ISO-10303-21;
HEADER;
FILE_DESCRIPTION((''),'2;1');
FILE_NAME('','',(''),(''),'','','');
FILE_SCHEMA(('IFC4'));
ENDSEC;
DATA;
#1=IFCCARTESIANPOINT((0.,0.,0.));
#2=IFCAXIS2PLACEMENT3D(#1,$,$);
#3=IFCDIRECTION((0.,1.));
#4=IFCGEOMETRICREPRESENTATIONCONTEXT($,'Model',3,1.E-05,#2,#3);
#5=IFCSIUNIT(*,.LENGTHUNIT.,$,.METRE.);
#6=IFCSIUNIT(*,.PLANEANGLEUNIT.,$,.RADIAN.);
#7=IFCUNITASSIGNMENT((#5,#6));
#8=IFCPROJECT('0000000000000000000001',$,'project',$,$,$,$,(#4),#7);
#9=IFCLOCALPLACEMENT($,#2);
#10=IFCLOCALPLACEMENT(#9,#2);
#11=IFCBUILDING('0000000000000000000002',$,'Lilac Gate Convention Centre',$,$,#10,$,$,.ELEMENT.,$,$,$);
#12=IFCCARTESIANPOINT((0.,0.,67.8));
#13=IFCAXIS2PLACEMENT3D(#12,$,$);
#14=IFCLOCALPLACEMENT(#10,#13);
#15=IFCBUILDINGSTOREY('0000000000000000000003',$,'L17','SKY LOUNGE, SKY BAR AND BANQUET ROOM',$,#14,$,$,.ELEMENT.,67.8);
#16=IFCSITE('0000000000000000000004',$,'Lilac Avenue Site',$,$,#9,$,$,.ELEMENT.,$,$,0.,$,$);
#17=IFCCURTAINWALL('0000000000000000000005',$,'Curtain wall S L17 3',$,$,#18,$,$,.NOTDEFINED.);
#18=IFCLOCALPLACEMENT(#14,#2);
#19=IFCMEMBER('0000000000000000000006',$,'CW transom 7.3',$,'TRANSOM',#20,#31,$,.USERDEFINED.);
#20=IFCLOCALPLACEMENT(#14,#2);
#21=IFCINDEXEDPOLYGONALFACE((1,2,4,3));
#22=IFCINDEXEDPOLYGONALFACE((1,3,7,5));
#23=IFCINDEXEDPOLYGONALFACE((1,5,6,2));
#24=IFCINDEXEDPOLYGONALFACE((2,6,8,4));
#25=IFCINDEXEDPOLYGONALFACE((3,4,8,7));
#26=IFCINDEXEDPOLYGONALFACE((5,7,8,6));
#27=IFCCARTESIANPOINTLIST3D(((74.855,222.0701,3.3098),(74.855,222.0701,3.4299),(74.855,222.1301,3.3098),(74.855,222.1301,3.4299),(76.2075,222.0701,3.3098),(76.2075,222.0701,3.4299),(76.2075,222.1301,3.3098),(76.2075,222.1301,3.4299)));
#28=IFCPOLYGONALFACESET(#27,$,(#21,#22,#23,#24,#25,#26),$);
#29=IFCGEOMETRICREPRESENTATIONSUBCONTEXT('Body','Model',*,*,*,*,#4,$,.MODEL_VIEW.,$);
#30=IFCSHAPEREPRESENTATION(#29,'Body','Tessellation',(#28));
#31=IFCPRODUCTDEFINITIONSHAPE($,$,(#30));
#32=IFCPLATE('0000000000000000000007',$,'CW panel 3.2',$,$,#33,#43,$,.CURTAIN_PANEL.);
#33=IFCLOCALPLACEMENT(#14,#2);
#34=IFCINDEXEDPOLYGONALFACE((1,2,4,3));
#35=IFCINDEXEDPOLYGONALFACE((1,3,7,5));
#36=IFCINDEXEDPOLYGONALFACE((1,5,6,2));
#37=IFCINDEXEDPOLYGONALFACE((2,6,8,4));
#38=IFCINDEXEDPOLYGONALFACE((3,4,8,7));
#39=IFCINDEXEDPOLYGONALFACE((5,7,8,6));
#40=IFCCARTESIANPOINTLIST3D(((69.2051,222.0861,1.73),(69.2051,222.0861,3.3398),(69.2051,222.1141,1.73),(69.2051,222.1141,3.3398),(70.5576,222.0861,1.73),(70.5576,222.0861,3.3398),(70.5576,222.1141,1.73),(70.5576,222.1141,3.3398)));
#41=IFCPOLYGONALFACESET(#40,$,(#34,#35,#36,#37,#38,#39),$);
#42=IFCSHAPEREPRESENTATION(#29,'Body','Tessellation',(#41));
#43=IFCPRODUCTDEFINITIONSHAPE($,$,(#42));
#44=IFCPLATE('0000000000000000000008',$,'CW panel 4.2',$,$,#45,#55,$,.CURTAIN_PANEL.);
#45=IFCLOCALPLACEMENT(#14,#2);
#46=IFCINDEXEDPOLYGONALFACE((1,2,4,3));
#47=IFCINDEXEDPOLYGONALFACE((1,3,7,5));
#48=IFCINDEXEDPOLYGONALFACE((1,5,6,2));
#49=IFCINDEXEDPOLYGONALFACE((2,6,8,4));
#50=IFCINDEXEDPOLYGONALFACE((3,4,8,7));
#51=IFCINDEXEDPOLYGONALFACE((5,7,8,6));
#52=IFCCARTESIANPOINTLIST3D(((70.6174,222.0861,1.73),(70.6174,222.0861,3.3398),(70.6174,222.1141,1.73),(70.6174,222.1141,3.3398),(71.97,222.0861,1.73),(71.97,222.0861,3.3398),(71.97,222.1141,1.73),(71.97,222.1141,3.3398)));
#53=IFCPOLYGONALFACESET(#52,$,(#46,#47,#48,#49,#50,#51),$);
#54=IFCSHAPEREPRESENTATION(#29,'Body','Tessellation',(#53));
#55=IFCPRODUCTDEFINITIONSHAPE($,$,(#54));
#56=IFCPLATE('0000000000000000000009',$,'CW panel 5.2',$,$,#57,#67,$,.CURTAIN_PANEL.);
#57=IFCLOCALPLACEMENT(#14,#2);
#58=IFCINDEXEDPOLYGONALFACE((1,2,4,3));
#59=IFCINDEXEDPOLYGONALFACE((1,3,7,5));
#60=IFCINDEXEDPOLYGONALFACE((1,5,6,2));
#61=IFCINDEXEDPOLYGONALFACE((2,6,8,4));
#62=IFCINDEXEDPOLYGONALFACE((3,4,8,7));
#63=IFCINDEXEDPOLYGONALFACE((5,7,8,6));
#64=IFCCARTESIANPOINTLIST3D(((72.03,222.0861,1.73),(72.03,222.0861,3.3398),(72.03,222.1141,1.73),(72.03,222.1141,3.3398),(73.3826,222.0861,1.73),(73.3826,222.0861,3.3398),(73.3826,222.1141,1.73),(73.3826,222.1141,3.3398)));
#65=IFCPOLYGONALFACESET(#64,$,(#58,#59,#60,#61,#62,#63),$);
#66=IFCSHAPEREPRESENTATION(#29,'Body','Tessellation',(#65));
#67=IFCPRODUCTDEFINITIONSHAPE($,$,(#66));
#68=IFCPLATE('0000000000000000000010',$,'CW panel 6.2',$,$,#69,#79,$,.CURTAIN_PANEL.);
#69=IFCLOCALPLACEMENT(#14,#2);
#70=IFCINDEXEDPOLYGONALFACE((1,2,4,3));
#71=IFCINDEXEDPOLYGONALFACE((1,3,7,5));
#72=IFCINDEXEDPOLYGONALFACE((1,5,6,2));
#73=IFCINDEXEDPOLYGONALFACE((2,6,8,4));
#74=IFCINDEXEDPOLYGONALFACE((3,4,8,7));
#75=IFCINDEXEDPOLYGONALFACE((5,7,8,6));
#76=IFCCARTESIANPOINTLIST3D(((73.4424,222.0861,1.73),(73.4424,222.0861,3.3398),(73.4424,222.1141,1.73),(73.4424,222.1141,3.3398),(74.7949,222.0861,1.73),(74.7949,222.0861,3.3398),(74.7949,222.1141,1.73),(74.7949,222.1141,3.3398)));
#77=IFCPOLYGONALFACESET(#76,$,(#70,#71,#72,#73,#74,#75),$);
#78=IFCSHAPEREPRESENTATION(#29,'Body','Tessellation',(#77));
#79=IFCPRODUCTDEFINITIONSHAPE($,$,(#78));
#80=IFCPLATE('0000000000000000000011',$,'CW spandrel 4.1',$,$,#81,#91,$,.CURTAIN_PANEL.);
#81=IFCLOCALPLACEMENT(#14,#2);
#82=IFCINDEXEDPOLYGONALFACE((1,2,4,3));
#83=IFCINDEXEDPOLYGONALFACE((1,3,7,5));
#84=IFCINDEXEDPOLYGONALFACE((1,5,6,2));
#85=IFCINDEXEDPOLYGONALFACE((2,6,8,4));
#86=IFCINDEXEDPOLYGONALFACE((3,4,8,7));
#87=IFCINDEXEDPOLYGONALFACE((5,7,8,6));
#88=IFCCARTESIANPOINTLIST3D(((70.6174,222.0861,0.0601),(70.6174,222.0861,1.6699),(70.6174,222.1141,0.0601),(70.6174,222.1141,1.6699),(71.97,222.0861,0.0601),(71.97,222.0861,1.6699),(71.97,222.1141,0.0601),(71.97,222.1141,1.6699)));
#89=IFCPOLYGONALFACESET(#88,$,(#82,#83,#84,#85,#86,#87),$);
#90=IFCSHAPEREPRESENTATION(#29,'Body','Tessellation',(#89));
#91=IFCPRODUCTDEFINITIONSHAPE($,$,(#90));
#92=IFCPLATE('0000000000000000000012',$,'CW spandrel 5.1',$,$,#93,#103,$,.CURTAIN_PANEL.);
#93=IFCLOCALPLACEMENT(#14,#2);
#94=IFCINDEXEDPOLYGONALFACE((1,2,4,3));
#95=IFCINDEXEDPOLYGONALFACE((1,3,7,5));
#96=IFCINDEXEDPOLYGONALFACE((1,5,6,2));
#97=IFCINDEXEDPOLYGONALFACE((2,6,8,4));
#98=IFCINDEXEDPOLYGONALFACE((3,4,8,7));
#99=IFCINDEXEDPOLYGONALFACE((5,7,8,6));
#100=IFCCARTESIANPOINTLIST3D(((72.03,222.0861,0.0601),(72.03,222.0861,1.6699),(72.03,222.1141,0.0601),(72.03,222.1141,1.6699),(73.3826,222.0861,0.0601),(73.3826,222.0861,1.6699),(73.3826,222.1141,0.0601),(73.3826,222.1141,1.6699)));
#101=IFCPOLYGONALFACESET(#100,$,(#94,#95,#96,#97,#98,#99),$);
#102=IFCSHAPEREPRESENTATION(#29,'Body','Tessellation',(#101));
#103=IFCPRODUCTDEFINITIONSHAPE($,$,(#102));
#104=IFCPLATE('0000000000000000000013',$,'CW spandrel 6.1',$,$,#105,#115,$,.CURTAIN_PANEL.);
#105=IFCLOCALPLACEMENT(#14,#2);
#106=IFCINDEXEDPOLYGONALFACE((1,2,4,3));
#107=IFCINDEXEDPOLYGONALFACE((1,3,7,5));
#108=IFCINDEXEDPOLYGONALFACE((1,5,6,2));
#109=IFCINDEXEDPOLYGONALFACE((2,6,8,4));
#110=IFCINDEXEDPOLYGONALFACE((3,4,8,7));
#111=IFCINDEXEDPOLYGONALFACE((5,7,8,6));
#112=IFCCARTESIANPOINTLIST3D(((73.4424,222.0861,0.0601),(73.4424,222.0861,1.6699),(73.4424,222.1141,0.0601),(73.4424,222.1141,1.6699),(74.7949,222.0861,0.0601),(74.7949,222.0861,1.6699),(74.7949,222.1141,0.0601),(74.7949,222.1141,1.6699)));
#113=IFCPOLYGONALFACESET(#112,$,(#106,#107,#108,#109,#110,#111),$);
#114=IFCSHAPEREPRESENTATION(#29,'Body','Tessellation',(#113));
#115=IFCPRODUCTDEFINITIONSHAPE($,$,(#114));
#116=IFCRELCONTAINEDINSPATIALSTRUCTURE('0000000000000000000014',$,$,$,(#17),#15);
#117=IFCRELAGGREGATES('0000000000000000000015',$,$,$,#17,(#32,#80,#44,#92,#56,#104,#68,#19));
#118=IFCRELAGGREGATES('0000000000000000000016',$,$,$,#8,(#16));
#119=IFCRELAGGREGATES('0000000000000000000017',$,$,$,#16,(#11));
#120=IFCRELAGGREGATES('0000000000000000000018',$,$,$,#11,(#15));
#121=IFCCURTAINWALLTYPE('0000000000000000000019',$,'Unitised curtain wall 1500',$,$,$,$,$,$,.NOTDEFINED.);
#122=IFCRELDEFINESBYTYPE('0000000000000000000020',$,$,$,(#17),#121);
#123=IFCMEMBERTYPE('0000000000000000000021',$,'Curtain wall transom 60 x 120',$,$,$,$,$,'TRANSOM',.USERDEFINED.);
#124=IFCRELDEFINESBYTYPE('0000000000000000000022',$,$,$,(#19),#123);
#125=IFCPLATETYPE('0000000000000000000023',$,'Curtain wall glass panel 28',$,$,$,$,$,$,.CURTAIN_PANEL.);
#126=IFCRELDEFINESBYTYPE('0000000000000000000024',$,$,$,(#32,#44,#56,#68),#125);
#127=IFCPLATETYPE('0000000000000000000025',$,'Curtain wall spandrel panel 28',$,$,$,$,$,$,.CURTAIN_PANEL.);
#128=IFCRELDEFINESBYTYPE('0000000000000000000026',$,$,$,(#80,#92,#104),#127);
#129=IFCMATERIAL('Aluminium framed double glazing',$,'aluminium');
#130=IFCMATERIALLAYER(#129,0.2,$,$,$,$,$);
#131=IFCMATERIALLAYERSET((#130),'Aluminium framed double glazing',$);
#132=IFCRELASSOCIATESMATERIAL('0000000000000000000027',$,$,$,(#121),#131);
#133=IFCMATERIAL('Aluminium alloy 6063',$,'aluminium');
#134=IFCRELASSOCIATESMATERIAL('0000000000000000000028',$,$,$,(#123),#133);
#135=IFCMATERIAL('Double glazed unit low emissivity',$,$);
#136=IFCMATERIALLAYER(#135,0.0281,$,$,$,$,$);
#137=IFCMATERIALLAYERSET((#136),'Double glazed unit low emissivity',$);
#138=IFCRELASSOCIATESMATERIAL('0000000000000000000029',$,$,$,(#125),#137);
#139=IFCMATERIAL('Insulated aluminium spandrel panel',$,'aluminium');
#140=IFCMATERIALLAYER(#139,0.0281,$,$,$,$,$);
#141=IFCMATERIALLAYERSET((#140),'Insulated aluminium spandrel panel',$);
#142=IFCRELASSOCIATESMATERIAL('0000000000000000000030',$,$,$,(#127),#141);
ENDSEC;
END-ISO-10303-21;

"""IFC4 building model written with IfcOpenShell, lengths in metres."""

from ifc_helpers import new_model, si_unit, direction, frame, origin, origin_2d, place, context, subcontext, project, spatial, rectangle, extrude, material, layer, layer_set, material_profile, profile_set, type_object, element, aggregate, save


model = new_model("IFC4")

# Units and contexts
model_context = context("Model", 3, precision=1e-05, world=origin(), true_north=direction((0.0, 1.0)))
body_context = subcontext(model_context, "Body", "Model", "MODEL_VIEW")
ifc_project = project(units=[si_unit("LENGTHUNIT", "METRE"), si_unit("PLANEANGLEUNIT", "RADIAN")], contexts=[model_context])

# Site, building, storey
site_placement = place(None, origin())
site = spatial("IfcSite", under=ifc_project, at=site_placement, Name="Lilac Avenue Site", CompositionType="ELEMENT", RefElevation=0.0)
building_placement = place(site_placement, origin())
building = spatial("IfcBuilding", under=site, at=building_placement, Name="Lilac Gate Convention Centre", CompositionType="ELEMENT")
storey_placement = place(building_placement, frame((0.0, 0.0, 67.8)))
storey = spatial("IfcBuildingStorey", under=building, at=storey_placement, Name="L17", Description="SKY LOUNGE, SKY BAR AND BANQUET ROOM", CompositionType="ELEMENT", Elevation=67.8)

# Curtain wall, member, plates
ifc_material_1 = material(Name="Aluminium framed double glazing", Category="aluminium")
ifc_layer_1 = layer(ifc_material_1, 0.2)
ifc_layer_set_1 = layer_set([ifc_layer_1], Name="Aluminium framed double glazing")
curtain_wall_type = type_object("IfcCurtainWallType", Name="Unitised curtain wall 1500", PredefinedType="NOTDEFINED", material=ifc_layer_set_1)
curtain_wall_placement = place(storey_placement, origin())
curtain_wall = element("IfcCurtainWall", 1, at=curtain_wall_placement, inside=storey, type_object=curtain_wall_type, Name="Curtain wall S L17 3", PredefinedType="NOTDEFINED")
ifc_material_2 = material(Name="Aluminium alloy 6063", Category="aluminium")
ifc_material_profile_1 = material_profile(ifc_material_2, rectangle(XDim=0.0601, YDim=0.1201, at=origin_2d()), Name="Curtain wall transom 60 x 120")
ifc_profile_set_1 = profile_set([ifc_material_profile_1], Name="Aluminium alloy 6063")
member_type_1 = type_object("IfcMemberType", Name="Curtain wall transom 60 x 120", ElementType="TRANSOM", PredefinedType="USERDEFINED", material=ifc_profile_set_1)
member_1_placement = place(storey_placement, frame((74.855, 222.1001, 3.3699), z_axis=(1.0, 0.0, 0.0), x_axis=(0.0, 1.0, 0.0)))
member_1 = element("IfcMember", 2, at=member_1_placement, type_object=member_type_1, Name="CW transom 7.3", ObjectType="TRANSOM", PredefinedType="USERDEFINED", context=body_context, shape_type="SweptSolid", body=[
    extrude(rectangle(XDim=0.0601, YDim=0.1201, at=origin_2d()), origin(), (0.0, 0.0, 1.0), 1.3525),
])
ifc_material_3 = material(Name="Double glazed unit low emissivity")
ifc_layer_2 = layer(ifc_material_3, 0.0281)
ifc_layer_set_2 = layer_set([ifc_layer_2], Name="Double glazed unit low emissivity")
plate_type_1 = type_object("IfcPlateType", Name="Curtain wall glass panel 28", PredefinedType="CURTAIN_PANEL", material=ifc_layer_set_2)
plate_1_placement = place(storey_placement, frame((69.8813, 222.1001, 1.73), z_axis=(0.0, 0.0, 1.0), x_axis=(1.0, 0.0, 0.0)))
plate_1 = element("IfcPlate", 3, at=plate_1_placement, type_object=plate_type_1, Name="CW panel 3.2", PredefinedType="CURTAIN_PANEL", context=body_context, shape_type="SweptSolid", body=[
    extrude(rectangle(XDim=1.3525, YDim=0.0281, at=origin_2d()), origin(), (0.0, 0.0, 1.0), 1.6099),
])
plate_2_placement = place(storey_placement, frame((71.2937, 222.1001, 1.73), z_axis=(0.0, 0.0, 1.0), x_axis=(1.0, 0.0, 0.0)))
plate_2 = element("IfcPlate", 4, at=plate_2_placement, type_object=plate_type_1, Name="CW panel 4.2", PredefinedType="CURTAIN_PANEL", context=body_context, shape_type="SweptSolid", body=[
    extrude(rectangle(XDim=1.3525, YDim=0.0281, at=origin_2d()), origin(), (0.0, 0.0, 1.0), 1.6099),
])
plate_3_placement = place(storey_placement, frame((72.7063, 222.1001, 1.73), z_axis=(0.0, 0.0, 1.0), x_axis=(1.0, 0.0, 0.0)))
plate_3 = element("IfcPlate", 5, at=plate_3_placement, type_object=plate_type_1, Name="CW panel 5.2", PredefinedType="CURTAIN_PANEL", context=body_context, shape_type="SweptSolid", body=[
    extrude(rectangle(XDim=1.3525, YDim=0.0281, at=origin_2d()), origin(), (0.0, 0.0, 1.0), 1.6099),
])
plate_4_placement = place(storey_placement, frame((74.1187, 222.1001, 1.73), z_axis=(0.0, 0.0, 1.0), x_axis=(1.0, 0.0, 0.0)))
plate_4 = element("IfcPlate", 6, at=plate_4_placement, type_object=plate_type_1, Name="CW panel 6.2", PredefinedType="CURTAIN_PANEL", context=body_context, shape_type="SweptSolid", body=[
    extrude(rectangle(XDim=1.3525, YDim=0.0281, at=origin_2d()), origin(), (0.0, 0.0, 1.0), 1.6099),
])
ifc_material_4 = material(Name="Insulated aluminium spandrel panel", Category="aluminium")
ifc_layer_3 = layer(ifc_material_4, 0.0281)
ifc_layer_set_3 = layer_set([ifc_layer_3], Name="Insulated aluminium spandrel panel")
plate_type_2 = type_object("IfcPlateType", Name="Curtain wall spandrel panel 28", PredefinedType="CURTAIN_PANEL", material=ifc_layer_set_3)
plate_5_placement = place(storey_placement, frame((71.2937, 222.1001, 0.0601), z_axis=(0.0, 0.0, 1.0), x_axis=(1.0, 0.0, 0.0)))
plate_5 = element("IfcPlate", 7, at=plate_5_placement, type_object=plate_type_2, Name="CW spandrel 4.1", PredefinedType="CURTAIN_PANEL", context=body_context, shape_type="SweptSolid", body=[
    extrude(rectangle(XDim=1.3525, YDim=0.0281, at=origin_2d()), origin(), (0.0, 0.0, 1.0), 1.6099),
])
plate_6_placement = place(storey_placement, frame((72.7063, 222.1001, 0.0601), z_axis=(0.0, 0.0, 1.0), x_axis=(1.0, 0.0, 0.0)))
plate_6 = element("IfcPlate", 8, at=plate_6_placement, type_object=plate_type_2, Name="CW spandrel 5.1", PredefinedType="CURTAIN_PANEL", context=body_context, shape_type="SweptSolid", body=[
    extrude(rectangle(XDim=1.3525, YDim=0.0281, at=origin_2d()), origin(), (0.0, 0.0, 1.0), 1.6099),
])
plate_7_placement = place(storey_placement, frame((74.1187, 222.1001, 0.0601), z_axis=(0.0, 0.0, 1.0), x_axis=(1.0, 0.0, 0.0)))
plate_7 = element("IfcPlate", 9, at=plate_7_placement, type_object=plate_type_2, Name="CW spandrel 6.1", PredefinedType="CURTAIN_PANEL", context=body_context, shape_type="SweptSolid", body=[
    extrude(rectangle(XDim=1.3525, YDim=0.0281, at=origin_2d()), origin(), (0.0, 0.0, 1.0), 1.6099),
])
aggregate(curtain_wall, [plate_1, plate_5, plate_2, plate_6, plate_3, plate_7, plate_4, member_1])

save(model, "model.ifc")
